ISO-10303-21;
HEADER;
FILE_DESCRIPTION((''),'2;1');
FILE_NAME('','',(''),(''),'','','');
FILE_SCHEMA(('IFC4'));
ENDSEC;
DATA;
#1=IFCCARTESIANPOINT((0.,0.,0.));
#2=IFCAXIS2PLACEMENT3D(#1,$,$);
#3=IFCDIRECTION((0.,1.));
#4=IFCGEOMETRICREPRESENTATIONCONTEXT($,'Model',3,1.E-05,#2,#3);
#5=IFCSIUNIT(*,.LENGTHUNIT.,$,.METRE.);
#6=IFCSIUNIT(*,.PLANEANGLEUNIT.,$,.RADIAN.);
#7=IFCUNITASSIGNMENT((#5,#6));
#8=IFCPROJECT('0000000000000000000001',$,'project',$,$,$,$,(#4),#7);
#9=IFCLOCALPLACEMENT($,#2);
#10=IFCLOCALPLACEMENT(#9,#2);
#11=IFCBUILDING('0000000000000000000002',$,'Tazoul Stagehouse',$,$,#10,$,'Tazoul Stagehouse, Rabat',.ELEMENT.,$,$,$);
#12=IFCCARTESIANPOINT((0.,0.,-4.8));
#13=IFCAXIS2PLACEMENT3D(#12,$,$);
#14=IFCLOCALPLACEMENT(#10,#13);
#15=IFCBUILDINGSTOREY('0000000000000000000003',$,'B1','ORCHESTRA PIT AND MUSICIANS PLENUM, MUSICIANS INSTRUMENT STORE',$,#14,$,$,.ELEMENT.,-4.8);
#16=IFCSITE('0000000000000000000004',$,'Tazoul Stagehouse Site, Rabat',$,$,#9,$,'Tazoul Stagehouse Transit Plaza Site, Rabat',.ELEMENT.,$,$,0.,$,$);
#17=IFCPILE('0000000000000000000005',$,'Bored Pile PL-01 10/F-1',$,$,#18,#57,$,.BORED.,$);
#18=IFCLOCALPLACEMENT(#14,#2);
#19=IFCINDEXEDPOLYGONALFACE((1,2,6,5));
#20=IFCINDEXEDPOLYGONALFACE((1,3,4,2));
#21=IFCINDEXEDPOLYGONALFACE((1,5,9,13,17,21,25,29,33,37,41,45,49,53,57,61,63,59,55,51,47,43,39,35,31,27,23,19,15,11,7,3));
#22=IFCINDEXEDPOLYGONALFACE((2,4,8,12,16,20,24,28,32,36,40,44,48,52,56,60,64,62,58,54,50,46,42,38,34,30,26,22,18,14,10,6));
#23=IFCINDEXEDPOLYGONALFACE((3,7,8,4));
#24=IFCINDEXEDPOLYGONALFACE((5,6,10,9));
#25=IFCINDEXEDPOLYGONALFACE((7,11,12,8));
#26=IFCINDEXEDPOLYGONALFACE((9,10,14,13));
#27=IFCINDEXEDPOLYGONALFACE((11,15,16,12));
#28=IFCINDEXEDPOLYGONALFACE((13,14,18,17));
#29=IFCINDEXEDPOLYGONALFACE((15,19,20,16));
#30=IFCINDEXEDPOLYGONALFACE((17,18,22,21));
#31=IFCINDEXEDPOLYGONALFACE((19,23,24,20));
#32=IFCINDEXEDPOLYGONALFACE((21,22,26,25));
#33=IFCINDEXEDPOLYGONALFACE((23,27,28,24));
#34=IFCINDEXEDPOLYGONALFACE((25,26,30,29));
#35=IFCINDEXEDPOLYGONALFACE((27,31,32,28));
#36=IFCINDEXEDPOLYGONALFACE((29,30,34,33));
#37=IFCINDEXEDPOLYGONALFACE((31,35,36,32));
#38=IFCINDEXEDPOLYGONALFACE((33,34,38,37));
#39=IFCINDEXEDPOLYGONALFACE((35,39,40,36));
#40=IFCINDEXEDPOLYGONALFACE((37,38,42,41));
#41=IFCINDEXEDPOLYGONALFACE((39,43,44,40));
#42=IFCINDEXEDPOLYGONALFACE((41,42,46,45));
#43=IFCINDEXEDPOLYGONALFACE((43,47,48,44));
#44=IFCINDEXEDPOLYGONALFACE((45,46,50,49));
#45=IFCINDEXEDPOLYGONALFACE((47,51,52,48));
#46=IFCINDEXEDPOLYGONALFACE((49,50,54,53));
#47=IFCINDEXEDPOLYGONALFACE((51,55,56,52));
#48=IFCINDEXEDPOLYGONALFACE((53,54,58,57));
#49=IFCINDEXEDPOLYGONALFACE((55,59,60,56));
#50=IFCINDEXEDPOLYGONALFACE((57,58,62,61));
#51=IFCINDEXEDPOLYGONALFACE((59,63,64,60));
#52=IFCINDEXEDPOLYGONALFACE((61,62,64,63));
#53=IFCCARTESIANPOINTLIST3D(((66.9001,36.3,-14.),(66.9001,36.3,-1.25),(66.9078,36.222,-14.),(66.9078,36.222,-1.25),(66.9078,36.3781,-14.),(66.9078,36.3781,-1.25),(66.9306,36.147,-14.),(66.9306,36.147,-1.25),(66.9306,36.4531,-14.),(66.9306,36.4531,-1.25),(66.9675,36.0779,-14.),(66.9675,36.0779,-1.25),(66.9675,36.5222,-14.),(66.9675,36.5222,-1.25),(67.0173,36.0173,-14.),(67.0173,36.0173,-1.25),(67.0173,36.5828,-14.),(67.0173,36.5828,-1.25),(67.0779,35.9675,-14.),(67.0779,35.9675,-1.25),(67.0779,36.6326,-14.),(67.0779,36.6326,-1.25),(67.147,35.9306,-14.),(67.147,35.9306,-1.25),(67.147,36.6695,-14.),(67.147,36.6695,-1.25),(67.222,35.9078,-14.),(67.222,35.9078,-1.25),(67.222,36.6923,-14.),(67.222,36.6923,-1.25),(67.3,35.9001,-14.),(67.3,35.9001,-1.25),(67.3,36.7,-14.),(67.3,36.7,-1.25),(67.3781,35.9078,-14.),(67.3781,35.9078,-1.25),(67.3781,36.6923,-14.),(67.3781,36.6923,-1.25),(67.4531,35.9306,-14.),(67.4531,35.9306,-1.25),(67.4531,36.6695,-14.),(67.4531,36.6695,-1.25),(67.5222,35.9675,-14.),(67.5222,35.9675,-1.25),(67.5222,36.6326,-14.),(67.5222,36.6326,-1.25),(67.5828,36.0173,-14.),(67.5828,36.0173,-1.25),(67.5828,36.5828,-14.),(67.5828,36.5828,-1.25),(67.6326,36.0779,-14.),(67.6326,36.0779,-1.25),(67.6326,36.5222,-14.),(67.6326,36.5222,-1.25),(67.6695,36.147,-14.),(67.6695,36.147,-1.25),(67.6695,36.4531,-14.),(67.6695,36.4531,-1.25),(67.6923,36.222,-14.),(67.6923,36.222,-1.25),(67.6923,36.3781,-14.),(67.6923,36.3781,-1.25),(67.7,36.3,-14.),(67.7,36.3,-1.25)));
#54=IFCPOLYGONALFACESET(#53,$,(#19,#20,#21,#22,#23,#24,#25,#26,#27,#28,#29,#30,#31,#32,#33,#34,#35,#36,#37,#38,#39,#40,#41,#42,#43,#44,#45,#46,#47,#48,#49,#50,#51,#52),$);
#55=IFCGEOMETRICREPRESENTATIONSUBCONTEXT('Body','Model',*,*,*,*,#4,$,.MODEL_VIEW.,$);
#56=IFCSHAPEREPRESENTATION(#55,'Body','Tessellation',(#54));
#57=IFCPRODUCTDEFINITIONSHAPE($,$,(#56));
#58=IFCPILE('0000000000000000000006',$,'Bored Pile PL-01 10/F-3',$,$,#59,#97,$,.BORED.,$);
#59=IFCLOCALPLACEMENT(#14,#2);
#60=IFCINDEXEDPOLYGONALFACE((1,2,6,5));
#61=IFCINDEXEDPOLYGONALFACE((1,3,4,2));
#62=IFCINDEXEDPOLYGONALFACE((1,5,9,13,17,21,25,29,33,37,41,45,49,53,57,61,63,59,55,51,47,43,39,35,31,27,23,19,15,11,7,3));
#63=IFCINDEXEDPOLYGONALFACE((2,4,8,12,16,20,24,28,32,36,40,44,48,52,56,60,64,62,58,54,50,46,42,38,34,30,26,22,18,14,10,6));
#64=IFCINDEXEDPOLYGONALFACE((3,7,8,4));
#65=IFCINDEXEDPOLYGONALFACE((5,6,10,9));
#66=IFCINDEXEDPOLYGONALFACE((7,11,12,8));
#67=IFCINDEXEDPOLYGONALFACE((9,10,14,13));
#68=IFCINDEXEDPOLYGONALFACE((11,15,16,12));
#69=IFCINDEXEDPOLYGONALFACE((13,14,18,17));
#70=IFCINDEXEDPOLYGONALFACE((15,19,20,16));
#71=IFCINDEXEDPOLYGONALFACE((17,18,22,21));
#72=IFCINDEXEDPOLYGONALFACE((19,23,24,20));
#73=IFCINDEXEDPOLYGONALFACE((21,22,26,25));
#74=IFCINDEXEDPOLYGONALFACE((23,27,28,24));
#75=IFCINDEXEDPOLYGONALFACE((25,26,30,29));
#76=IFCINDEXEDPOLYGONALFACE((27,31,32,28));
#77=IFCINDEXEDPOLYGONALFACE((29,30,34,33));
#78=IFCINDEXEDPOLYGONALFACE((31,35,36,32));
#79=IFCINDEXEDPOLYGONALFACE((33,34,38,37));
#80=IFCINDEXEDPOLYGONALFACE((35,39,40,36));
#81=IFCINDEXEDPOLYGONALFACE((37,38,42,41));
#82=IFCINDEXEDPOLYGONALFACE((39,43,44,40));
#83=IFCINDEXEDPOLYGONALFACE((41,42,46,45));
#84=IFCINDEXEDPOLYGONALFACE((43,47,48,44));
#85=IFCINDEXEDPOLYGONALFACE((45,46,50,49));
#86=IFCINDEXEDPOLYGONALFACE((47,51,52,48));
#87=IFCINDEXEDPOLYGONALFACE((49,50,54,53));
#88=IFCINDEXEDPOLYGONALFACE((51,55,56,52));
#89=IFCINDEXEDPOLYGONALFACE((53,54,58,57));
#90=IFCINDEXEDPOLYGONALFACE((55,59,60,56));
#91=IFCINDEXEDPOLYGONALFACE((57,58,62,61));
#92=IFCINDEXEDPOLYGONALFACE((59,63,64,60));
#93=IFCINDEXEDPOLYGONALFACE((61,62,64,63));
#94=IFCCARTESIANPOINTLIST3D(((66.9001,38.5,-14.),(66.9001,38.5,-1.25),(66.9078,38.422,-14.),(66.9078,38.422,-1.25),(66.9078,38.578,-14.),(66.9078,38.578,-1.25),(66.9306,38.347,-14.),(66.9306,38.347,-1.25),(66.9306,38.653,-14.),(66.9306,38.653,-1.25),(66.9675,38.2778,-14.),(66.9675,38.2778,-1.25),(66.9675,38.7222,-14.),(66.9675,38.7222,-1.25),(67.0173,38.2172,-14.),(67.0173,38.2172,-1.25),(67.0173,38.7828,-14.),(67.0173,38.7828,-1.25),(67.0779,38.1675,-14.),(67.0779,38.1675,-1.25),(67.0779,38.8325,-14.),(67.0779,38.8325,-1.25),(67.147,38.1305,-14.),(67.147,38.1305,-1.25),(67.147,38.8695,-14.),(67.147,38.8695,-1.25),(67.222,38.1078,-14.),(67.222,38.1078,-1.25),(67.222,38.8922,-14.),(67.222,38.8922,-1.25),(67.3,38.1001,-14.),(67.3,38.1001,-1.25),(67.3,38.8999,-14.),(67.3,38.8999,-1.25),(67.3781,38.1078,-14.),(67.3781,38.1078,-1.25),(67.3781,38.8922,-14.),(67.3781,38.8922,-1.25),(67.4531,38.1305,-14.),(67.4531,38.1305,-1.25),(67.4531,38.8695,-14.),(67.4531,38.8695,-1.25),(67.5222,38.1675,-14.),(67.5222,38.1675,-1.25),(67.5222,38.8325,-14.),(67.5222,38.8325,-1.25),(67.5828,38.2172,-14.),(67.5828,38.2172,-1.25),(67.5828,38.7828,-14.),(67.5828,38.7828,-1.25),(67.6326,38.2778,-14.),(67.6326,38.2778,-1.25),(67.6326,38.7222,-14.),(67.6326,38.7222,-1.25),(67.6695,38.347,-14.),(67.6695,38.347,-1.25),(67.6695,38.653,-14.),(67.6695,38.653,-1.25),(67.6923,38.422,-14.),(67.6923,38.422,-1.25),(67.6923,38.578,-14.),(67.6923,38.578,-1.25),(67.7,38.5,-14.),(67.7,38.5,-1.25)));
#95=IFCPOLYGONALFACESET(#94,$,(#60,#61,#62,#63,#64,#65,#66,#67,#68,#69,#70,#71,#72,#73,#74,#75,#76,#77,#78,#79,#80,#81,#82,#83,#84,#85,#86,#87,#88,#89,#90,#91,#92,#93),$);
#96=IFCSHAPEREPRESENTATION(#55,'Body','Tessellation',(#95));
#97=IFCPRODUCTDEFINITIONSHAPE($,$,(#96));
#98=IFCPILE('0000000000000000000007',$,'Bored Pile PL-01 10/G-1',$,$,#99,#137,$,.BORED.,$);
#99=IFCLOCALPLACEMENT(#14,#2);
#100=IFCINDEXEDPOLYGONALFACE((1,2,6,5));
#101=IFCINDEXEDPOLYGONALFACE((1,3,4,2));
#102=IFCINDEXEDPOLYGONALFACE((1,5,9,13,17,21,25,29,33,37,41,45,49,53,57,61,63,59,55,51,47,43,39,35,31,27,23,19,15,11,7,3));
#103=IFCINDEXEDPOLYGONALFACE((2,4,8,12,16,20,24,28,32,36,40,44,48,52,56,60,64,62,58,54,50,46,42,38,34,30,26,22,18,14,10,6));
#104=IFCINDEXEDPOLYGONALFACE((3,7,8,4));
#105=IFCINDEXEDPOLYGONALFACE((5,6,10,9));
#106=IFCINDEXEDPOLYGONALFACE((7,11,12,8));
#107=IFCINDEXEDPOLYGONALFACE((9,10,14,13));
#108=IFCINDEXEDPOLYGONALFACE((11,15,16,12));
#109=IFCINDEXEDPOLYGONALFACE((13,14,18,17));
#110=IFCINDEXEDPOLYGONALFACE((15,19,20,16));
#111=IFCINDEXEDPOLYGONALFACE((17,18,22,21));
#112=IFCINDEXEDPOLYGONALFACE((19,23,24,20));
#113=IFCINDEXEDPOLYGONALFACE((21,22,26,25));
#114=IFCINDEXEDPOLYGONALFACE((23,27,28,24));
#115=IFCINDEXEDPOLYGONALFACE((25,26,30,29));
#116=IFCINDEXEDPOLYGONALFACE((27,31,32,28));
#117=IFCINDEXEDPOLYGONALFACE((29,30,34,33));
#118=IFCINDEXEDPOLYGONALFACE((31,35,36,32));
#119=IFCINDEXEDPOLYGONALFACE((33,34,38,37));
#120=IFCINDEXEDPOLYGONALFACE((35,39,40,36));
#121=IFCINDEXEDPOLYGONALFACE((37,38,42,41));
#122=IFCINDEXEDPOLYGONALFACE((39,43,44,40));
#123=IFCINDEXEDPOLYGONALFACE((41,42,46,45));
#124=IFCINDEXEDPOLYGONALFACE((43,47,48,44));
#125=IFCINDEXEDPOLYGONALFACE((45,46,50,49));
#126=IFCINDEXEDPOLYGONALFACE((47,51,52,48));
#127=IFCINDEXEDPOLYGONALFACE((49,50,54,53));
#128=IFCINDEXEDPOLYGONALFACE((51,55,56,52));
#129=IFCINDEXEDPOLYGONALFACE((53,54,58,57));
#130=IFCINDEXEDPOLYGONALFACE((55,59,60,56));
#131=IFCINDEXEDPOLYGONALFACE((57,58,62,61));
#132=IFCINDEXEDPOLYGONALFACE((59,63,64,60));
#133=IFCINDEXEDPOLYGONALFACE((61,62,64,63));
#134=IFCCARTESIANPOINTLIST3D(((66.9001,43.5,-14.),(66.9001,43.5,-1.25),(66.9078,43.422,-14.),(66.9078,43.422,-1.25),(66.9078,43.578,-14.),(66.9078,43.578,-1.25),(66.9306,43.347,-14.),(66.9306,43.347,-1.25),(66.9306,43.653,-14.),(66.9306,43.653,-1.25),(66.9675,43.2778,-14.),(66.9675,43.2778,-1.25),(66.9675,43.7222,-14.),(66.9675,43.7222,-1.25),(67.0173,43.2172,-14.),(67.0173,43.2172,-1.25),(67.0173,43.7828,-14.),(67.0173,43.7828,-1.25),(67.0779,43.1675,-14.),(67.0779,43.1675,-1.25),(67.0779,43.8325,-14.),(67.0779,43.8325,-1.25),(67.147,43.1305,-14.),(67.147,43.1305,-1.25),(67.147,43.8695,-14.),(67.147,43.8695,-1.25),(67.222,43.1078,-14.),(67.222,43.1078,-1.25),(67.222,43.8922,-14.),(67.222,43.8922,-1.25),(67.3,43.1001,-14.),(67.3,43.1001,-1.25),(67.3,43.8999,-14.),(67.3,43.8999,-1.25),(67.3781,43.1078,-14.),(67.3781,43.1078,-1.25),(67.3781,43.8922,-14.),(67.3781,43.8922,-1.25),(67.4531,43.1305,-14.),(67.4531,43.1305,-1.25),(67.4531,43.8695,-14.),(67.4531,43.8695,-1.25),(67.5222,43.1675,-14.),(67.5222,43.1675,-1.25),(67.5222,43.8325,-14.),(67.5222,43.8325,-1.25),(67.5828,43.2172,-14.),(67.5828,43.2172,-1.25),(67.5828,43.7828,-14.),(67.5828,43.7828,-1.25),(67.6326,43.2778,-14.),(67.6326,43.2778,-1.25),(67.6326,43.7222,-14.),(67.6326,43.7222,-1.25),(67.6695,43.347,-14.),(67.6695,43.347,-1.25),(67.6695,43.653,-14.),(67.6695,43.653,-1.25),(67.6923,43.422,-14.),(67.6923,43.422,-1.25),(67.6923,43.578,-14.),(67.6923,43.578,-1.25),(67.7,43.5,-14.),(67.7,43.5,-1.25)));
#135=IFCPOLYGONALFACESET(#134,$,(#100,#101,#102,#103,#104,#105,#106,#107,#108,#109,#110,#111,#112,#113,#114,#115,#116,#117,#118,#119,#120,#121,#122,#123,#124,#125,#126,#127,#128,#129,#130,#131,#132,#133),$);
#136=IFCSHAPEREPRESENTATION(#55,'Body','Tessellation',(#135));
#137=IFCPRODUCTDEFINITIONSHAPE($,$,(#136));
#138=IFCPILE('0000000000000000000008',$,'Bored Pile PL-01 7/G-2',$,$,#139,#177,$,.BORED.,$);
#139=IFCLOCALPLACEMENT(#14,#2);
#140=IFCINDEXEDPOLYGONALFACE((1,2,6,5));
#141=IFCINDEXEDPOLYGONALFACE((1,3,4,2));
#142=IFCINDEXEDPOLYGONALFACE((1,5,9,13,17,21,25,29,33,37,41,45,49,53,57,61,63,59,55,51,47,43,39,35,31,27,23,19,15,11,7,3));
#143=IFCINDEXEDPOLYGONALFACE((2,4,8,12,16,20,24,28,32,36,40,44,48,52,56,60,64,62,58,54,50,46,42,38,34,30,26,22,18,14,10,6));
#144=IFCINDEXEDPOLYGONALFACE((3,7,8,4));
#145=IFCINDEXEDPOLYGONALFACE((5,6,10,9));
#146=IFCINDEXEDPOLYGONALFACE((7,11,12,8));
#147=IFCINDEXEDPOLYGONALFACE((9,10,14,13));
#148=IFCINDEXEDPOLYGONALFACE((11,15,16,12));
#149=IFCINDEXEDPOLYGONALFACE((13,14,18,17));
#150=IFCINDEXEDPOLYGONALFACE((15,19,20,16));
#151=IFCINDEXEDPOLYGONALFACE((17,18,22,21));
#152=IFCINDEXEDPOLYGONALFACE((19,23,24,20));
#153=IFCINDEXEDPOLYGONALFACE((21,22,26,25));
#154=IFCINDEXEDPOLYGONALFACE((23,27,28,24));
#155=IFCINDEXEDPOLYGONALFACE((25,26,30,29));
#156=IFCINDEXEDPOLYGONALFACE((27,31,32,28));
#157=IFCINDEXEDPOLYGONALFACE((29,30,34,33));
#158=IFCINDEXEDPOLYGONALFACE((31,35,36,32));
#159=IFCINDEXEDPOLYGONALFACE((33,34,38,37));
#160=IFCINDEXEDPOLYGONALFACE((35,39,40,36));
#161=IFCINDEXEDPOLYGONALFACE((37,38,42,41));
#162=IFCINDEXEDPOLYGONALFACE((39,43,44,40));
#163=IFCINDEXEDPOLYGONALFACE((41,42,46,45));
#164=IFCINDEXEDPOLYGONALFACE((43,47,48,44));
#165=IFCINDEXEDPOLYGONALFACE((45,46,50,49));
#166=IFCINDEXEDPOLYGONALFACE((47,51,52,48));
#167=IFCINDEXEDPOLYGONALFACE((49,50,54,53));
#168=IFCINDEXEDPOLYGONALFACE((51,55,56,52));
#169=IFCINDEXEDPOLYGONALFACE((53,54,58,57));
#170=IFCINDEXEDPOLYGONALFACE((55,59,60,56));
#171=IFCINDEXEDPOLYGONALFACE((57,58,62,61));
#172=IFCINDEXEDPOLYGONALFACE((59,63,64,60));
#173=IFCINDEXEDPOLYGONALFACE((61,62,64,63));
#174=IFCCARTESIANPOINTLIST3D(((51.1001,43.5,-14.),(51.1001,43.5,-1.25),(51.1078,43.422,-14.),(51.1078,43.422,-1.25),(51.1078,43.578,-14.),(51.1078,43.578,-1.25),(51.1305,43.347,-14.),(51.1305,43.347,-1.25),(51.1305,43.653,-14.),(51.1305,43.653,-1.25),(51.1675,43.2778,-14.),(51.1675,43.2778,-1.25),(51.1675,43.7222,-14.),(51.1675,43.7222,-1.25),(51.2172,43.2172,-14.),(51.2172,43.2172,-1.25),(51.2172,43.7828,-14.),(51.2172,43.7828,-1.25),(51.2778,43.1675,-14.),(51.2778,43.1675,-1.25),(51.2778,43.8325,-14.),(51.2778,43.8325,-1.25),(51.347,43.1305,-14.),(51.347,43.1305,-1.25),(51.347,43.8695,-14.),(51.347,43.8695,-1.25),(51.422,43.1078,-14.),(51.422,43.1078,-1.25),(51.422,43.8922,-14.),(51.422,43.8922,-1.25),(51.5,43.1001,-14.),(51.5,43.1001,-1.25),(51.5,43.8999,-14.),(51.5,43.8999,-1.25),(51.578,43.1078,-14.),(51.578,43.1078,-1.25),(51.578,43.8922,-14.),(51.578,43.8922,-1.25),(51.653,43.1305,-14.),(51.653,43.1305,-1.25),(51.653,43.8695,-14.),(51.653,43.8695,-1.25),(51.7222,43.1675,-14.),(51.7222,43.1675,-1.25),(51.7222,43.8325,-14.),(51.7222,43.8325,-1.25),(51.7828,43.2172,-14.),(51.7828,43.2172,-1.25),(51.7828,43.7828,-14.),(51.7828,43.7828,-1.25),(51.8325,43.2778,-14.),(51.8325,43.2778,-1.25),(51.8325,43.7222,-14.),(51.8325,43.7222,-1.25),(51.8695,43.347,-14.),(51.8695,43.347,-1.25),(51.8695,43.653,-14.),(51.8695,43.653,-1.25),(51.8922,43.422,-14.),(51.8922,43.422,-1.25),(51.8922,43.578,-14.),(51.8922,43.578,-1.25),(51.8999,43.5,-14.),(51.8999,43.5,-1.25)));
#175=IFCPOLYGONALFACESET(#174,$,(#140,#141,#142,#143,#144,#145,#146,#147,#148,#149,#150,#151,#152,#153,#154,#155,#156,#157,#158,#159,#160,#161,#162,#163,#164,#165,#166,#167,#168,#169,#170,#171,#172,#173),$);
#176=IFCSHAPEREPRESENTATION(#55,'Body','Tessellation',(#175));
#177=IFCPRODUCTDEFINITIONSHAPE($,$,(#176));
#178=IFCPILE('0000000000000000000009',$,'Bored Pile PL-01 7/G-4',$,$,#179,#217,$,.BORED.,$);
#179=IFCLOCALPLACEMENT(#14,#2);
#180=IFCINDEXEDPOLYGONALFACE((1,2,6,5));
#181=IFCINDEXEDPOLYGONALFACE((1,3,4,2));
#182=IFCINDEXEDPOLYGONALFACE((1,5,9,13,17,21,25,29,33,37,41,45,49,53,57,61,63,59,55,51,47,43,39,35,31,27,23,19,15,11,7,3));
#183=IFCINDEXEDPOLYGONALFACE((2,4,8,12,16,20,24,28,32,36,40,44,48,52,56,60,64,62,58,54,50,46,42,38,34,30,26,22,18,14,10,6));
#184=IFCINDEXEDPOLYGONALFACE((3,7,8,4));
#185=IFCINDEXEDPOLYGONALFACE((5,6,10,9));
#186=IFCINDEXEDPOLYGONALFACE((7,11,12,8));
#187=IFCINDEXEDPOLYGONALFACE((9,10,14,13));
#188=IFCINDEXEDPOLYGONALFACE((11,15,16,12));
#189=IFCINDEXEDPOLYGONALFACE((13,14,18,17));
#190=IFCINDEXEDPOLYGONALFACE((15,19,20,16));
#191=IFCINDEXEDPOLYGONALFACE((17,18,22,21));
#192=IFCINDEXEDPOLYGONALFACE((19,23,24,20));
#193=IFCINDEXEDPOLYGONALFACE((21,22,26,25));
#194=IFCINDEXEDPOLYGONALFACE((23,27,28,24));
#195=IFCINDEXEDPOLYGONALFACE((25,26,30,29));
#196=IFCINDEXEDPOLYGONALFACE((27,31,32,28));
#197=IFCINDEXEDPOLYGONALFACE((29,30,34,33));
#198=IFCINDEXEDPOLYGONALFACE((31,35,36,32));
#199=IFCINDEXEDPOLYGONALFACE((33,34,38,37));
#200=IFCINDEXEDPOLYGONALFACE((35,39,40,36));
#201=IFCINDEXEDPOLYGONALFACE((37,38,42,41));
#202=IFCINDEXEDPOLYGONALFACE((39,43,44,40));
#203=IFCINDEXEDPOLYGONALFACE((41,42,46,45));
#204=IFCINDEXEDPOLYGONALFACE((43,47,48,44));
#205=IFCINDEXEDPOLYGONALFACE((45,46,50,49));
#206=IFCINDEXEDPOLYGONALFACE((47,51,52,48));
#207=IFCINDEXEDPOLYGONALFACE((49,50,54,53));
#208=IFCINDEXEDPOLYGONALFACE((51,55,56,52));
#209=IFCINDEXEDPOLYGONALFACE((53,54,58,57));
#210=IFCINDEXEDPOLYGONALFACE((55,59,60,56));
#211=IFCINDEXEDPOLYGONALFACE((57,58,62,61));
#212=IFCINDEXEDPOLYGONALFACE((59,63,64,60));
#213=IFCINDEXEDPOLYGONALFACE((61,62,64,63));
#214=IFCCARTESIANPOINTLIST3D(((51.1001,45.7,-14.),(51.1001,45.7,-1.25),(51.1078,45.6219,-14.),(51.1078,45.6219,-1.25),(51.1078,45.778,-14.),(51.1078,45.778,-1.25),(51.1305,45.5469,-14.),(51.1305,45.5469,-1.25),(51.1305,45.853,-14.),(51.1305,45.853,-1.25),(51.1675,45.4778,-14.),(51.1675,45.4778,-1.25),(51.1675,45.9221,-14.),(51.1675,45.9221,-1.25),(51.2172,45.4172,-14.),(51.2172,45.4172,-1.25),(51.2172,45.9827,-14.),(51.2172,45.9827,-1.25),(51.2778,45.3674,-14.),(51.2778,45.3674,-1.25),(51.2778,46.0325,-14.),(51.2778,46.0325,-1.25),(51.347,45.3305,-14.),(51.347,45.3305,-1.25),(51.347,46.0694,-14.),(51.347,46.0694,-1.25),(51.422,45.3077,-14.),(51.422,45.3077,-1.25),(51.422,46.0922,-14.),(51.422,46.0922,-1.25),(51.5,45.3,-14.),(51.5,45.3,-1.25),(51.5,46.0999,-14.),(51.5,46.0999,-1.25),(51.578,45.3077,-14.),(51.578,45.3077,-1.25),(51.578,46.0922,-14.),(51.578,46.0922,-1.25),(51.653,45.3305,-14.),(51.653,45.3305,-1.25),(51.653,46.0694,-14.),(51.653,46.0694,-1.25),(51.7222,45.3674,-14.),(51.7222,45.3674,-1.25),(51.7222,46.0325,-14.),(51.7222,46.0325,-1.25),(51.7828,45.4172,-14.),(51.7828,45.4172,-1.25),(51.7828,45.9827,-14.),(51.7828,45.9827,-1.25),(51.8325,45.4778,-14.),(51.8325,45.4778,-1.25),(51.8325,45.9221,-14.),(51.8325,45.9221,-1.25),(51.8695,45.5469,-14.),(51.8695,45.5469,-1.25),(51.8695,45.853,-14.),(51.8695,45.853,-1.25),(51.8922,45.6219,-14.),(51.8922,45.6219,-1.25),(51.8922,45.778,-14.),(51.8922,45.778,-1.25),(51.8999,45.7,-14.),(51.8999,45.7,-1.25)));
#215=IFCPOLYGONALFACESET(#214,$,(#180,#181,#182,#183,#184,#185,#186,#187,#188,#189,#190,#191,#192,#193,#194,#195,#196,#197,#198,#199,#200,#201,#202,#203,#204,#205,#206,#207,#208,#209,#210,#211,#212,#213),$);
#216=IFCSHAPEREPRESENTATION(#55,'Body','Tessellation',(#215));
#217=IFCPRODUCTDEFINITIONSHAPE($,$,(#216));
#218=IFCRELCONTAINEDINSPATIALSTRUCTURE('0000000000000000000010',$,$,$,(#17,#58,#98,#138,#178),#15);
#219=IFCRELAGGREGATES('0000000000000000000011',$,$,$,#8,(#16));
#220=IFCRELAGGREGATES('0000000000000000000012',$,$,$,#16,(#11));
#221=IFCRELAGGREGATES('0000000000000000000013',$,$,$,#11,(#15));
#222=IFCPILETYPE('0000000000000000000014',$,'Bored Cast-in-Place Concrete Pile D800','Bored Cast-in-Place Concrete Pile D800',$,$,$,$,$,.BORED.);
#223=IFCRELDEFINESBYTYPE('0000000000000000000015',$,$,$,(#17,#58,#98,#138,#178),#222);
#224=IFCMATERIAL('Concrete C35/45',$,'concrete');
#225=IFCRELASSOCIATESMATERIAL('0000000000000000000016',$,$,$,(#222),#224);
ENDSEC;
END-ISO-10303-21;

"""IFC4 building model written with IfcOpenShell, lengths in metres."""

from ifc_helpers import new_model, si_unit, direction, frame, origin, origin_2d, place, context, subcontext, project, spatial, circle, extrude, material, material_profile, profile_set, type_object, element, save


model = new_model("IFC4")

# Units and contexts
model_context = context("Model", 3, precision=1e-05, world=origin(), true_north=direction((0.0, 1.0)))
body_context = subcontext(model_context, "Body", "Model", "MODEL_VIEW")
ifc_project = project(units=[si_unit("LENGTHUNIT", "METRE"), si_unit("PLANEANGLEUNIT", "RADIAN")], contexts=[model_context])

# Site, building, storey
site_placement = place(None, origin())
site = spatial("IfcSite", under=ifc_project, at=site_placement, Name="Tazoul Stagehouse Site, Rabat", LongName="Tazoul Stagehouse Transit Plaza Site, Rabat", CompositionType="ELEMENT", RefElevation=0.0)
building_placement = place(site_placement, origin())
building = spatial("IfcBuilding", under=site, at=building_placement, Name="Tazoul Stagehouse", LongName="Tazoul Stagehouse, Rabat", CompositionType="ELEMENT")
storey_placement = place(building_placement, frame((0.0, 0.0, -4.8)))
storey = spatial("IfcBuildingStorey", under=building, at=storey_placement, Name="B1", Description="ORCHESTRA PIT AND MUSICIANS PLENUM, MUSICIANS INSTRUMENT STORE", CompositionType="ELEMENT", Elevation=-4.8)

# Piles
ifc_material_1 = material(Name="Concrete C35/45", Category="concrete")
ifc_material_profile_1 = material_profile(ifc_material_1, circle(Radius=0.3999, at=origin_2d()), Name="BORED PILE 800")
ifc_profile_set_1 = profile_set([ifc_material_profile_1], Name="Concrete C35/45")
pile_type = type_object("IfcPileType", Name="Bored Cast-in-Place Concrete Pile D800", Description="Bored Cast-in-Place Concrete Pile D800", PredefinedType="BORED", material=ifc_profile_set_1)
for number, where, z_axis, x_axis, name in (
    (1, (67.3, 36.3, -1.25), (0.0, 0.0, -1.0), (1.0, 0.0, 0.0), "Bored Pile PL-01 10/F-1"),
    (2, (67.3, 38.5, -1.25), (0.0, 0.0, -1.0), (1.0, 0.0, 0.0), "Bored Pile PL-01 10/F-3"),
    (3, (67.3, 43.5, -1.25), (0.0, 0.0, -1.0), (1.0, 0.0, 0.0), "Bored Pile PL-01 10/G-1"),
    (4, (51.5, 43.5, -1.25), (0.0, 0.0, -1.0), (1.0, 0.0, 0.0), "Bored Pile PL-01 7/G-2"),
    (5, (51.5, 45.7, -1.25), (0.0, 0.0, -1.0), (1.0, 0.0, 0.0), "Bored Pile PL-01 7/G-4"),
):
    element("IfcPile", number, at=place(storey_placement, frame(where, z_axis=z_axis, x_axis=x_axis)), inside=storey, type_object=pile_type, Name=name, PredefinedType="BORED", context=body_context, shape_type="SweptSolid", body=[
        extrude(circle(Radius=0.3999, at=origin_2d()), origin(), (0.0, 0.0, 1.0), 12.75),
    ])

save(model, "model.ifc")
